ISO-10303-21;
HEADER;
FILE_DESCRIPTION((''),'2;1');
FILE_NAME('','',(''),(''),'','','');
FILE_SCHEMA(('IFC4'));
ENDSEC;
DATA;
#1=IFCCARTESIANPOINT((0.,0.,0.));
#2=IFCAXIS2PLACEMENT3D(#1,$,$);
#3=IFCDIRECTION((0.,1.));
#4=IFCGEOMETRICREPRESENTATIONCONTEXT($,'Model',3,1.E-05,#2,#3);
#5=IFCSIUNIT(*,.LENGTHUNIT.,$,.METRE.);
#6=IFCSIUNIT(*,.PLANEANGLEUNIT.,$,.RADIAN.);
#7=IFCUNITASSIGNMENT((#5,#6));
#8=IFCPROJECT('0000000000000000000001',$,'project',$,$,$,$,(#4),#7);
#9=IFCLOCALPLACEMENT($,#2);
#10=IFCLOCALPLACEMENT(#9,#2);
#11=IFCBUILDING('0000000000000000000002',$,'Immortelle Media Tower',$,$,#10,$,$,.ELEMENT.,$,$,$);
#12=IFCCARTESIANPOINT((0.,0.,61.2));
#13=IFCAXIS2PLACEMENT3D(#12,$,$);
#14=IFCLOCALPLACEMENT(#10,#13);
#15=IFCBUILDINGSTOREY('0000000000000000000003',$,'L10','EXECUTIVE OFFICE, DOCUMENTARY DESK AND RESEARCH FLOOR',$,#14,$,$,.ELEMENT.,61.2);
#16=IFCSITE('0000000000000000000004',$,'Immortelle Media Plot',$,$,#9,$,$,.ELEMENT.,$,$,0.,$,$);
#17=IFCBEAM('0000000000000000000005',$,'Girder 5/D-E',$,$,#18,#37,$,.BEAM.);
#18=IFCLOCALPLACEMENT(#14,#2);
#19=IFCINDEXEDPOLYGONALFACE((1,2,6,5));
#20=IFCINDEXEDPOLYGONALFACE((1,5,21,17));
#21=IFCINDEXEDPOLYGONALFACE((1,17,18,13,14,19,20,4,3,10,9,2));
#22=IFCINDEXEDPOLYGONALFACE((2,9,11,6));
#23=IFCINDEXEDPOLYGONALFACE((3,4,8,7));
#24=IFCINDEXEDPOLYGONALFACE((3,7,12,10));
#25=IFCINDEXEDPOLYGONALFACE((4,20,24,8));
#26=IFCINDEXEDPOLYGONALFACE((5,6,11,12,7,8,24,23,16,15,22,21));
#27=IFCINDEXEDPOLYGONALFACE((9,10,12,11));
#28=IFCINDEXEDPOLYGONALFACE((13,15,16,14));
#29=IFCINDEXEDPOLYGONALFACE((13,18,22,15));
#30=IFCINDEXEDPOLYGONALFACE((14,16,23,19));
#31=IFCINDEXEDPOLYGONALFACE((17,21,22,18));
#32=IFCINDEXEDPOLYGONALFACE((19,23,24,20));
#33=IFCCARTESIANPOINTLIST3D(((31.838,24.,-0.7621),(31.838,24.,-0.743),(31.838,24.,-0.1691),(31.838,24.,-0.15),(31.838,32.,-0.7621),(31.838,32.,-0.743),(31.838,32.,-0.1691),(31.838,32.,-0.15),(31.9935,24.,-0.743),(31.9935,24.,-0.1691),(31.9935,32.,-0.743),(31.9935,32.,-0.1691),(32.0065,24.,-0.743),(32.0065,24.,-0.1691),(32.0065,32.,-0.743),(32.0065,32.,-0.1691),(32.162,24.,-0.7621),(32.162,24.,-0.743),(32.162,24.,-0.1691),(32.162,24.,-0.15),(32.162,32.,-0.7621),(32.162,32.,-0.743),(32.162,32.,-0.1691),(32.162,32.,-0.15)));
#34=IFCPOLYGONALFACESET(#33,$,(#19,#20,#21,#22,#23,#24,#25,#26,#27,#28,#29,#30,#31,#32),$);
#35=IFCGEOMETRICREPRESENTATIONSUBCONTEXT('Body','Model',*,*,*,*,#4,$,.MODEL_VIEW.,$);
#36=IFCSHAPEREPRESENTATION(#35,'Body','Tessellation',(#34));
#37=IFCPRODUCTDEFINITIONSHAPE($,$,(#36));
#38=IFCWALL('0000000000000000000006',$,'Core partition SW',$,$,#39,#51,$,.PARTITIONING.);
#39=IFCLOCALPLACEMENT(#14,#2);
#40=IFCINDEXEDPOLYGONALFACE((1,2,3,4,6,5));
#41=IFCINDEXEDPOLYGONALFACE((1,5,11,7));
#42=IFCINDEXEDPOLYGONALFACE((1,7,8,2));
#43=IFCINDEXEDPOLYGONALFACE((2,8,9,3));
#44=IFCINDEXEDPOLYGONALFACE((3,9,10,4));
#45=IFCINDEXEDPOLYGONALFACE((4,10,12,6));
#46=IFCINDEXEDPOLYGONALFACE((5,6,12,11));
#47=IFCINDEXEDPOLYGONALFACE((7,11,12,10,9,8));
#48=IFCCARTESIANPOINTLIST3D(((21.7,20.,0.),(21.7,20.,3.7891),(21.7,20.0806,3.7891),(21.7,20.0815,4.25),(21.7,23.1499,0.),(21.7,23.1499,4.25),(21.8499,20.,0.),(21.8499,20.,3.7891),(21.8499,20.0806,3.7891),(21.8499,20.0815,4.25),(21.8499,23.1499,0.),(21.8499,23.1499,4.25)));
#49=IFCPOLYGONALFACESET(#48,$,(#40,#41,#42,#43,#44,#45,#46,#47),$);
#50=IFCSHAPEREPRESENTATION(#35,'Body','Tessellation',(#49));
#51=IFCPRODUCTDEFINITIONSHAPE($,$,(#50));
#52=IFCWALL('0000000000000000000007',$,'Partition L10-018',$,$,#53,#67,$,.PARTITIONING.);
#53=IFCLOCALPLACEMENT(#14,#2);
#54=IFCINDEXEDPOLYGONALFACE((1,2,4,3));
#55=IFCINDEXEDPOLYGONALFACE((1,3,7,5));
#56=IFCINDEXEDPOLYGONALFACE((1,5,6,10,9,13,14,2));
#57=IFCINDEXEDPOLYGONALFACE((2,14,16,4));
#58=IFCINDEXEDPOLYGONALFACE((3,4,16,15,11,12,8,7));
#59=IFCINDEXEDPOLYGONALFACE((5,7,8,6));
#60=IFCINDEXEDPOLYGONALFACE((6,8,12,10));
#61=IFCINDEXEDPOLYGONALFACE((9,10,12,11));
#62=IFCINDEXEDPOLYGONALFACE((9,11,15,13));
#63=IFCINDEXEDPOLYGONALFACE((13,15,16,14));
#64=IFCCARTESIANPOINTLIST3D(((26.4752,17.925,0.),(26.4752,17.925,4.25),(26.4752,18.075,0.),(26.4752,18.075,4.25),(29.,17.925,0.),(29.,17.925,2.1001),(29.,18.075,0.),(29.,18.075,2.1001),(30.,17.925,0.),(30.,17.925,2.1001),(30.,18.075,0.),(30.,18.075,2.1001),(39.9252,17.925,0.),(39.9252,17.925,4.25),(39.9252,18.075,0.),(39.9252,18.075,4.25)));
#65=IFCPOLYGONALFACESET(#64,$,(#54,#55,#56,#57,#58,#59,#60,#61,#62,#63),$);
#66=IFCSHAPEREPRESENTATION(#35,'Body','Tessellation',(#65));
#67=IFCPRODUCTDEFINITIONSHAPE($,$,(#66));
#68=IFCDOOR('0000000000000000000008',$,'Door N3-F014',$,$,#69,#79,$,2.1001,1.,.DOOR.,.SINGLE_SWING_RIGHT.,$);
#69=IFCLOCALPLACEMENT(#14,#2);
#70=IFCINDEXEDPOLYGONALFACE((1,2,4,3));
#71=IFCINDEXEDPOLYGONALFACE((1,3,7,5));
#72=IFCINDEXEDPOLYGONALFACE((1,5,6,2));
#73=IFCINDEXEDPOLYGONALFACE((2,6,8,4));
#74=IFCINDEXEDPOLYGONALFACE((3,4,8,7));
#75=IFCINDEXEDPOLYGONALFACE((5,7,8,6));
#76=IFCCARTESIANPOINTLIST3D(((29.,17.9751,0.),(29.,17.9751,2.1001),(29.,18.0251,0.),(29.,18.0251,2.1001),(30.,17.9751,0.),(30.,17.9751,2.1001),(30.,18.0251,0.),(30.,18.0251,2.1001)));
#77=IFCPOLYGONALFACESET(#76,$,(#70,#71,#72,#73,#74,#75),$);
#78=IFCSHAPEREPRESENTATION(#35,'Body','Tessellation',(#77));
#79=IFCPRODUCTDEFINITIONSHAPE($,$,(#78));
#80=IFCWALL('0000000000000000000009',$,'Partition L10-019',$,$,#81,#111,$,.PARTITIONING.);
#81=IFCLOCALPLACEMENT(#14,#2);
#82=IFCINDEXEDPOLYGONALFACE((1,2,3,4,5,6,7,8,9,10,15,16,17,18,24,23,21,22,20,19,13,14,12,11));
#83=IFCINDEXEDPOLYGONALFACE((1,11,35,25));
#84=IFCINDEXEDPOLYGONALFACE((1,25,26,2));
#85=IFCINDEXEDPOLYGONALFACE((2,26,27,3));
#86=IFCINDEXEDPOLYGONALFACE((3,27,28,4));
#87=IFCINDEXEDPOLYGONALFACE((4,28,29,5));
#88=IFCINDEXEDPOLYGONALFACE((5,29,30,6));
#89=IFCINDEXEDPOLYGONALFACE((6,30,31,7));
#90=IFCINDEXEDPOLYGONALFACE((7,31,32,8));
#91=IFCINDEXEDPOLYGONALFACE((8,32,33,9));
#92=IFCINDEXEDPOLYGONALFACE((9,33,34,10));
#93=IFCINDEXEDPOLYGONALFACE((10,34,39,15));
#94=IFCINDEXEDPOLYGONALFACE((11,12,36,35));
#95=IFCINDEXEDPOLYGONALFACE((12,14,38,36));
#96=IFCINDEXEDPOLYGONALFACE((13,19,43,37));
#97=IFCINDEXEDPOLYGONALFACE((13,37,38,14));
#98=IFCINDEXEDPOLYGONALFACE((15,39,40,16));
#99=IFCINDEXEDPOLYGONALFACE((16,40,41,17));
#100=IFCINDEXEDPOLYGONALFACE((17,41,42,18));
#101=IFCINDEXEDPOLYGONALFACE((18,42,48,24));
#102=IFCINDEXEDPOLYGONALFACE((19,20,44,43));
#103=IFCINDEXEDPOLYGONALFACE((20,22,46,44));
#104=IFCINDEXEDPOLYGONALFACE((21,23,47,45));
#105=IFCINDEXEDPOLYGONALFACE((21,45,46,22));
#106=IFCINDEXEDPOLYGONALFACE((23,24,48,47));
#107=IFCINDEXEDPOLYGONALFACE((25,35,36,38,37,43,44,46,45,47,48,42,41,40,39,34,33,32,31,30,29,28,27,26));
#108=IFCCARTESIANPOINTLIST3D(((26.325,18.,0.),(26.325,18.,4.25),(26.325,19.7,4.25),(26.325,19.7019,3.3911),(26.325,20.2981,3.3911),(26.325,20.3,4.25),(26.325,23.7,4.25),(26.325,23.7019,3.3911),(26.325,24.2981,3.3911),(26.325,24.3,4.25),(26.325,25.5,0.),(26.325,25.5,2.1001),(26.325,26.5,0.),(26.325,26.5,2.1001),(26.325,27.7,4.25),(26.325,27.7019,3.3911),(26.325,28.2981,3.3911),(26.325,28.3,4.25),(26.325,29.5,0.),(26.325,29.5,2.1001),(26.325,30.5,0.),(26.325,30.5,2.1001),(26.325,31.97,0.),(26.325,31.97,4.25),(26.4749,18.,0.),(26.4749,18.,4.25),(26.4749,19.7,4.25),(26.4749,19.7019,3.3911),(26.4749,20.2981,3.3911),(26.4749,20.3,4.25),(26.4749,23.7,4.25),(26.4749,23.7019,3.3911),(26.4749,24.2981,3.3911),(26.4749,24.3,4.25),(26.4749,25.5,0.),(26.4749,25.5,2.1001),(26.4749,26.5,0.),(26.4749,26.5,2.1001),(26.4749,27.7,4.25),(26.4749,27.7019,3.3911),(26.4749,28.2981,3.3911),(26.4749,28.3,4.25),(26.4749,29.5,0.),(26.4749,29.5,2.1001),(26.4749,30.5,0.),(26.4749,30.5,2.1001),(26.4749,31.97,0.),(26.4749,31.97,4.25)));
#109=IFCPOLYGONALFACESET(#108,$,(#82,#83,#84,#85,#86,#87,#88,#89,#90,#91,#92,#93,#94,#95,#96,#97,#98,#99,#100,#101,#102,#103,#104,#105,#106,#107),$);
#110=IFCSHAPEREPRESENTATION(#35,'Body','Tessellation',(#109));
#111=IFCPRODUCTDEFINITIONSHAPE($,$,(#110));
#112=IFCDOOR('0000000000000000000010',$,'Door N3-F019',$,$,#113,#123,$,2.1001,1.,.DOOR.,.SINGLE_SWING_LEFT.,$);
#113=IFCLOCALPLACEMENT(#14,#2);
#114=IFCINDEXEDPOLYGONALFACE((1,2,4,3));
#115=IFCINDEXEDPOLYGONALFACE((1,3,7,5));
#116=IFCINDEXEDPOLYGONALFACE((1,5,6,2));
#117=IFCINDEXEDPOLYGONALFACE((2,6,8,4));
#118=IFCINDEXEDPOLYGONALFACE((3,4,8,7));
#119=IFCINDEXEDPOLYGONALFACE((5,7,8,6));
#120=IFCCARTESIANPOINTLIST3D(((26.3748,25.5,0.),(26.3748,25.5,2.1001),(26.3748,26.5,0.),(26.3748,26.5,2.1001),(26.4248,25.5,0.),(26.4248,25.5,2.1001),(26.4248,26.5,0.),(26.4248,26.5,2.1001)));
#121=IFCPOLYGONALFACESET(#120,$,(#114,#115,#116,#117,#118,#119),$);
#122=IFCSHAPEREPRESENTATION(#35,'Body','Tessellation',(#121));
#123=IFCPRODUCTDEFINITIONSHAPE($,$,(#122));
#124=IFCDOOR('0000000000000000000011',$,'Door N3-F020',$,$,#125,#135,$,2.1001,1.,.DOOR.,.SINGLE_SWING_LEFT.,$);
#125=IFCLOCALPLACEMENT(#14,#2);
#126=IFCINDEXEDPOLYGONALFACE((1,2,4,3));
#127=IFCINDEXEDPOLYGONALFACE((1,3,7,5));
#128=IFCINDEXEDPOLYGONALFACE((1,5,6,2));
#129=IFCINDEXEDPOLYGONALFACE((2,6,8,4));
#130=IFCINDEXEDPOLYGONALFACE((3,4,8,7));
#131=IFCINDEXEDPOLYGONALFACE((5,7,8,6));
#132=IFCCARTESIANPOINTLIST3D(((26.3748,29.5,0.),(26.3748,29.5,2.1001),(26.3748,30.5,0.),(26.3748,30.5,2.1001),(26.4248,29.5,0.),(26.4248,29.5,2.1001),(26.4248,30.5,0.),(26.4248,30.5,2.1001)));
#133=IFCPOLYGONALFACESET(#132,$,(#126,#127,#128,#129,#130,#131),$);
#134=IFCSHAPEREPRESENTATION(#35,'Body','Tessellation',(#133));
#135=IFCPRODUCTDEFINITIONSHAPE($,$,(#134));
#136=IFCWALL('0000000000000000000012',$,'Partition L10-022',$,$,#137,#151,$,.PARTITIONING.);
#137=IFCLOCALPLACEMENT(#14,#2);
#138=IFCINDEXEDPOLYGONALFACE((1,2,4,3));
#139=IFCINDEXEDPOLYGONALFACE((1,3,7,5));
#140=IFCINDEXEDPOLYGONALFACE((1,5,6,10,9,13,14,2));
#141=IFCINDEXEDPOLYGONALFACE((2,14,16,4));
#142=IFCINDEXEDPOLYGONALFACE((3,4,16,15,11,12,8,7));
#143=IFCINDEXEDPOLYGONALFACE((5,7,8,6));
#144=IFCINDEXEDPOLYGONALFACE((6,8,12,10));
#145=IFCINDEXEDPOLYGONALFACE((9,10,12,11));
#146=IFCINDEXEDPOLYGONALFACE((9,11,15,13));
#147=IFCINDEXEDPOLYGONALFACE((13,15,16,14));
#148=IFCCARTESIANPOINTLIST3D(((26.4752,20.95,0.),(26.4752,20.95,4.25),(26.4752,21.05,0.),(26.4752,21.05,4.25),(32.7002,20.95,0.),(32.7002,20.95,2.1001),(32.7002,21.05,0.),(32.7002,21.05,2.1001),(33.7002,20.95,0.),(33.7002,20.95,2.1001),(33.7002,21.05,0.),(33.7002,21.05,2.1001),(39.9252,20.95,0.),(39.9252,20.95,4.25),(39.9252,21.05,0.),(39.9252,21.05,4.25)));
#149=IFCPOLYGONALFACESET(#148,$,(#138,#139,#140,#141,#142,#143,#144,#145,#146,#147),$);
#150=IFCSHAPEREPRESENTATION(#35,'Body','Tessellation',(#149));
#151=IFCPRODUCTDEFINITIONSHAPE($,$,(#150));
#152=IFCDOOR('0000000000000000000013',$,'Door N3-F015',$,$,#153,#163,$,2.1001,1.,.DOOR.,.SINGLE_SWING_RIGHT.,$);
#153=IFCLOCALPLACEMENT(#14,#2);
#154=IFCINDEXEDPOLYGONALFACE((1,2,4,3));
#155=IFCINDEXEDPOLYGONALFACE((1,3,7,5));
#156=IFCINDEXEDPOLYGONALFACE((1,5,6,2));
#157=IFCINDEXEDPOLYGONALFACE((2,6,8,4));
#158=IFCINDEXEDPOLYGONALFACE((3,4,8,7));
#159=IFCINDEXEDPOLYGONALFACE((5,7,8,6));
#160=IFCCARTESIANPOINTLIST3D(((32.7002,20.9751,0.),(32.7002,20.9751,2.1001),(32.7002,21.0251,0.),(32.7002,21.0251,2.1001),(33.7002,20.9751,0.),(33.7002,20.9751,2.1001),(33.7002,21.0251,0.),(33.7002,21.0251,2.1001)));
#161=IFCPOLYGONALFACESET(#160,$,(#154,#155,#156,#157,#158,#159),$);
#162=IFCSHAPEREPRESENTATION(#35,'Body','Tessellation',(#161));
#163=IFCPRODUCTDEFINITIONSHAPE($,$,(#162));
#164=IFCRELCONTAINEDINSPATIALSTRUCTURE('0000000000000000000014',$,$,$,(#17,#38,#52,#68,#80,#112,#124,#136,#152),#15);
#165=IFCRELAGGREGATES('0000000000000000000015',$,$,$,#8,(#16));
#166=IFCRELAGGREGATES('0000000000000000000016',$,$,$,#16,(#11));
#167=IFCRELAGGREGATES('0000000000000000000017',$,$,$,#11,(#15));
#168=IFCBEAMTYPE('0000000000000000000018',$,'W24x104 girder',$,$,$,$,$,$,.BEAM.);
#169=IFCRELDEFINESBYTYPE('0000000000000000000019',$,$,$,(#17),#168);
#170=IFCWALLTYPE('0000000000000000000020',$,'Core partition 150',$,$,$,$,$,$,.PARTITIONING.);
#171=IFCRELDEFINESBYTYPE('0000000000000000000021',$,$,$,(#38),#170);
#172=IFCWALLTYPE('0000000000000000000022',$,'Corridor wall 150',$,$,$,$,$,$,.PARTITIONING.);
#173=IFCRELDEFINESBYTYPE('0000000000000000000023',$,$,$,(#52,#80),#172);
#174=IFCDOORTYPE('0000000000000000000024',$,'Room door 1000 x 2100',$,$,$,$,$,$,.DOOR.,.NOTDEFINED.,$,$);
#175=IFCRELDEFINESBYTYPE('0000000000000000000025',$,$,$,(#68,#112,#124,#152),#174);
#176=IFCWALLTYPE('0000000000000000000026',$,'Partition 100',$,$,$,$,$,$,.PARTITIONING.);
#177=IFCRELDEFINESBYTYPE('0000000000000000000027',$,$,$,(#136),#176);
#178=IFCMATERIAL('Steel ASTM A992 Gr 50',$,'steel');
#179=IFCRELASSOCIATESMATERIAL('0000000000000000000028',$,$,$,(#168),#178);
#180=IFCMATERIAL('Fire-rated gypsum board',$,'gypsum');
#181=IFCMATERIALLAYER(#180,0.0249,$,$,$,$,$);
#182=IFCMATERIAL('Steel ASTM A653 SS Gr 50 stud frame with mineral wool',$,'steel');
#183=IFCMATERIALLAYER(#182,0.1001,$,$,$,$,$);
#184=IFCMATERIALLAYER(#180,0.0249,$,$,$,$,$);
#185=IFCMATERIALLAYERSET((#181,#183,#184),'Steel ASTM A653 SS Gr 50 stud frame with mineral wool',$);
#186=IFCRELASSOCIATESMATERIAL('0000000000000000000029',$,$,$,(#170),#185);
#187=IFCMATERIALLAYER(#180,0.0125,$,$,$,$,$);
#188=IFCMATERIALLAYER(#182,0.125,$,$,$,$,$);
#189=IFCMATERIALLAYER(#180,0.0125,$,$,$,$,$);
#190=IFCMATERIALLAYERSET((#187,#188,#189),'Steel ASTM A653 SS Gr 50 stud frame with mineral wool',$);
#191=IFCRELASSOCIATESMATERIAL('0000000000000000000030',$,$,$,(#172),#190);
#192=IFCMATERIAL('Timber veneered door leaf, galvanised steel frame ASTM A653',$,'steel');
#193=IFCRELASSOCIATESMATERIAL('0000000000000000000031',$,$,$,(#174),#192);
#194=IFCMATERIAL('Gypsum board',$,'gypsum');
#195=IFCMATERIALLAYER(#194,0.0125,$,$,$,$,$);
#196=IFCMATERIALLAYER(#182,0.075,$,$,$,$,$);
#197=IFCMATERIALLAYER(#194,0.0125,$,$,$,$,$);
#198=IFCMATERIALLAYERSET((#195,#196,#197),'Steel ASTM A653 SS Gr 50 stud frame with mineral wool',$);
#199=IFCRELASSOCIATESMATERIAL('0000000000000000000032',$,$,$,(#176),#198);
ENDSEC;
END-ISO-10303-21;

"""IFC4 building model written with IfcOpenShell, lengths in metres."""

from ifc_helpers import new_model, si_unit, direction, frame, frame_2d, origin, origin_2d, place, context, subcontext, project, spatial, polyline, rectangle, i_section, outline, extrude, material, layer, layer_set, material_profile, profile_set, type_object, element, fill, save


model = new_model("IFC4")

# Units and contexts
model_context = context("Model", 3, precision=1e-05, world=origin(), true_north=direction((0.0, 1.0)))
body_context = subcontext(model_context, "Body", "Model", "MODEL_VIEW")
ifc_project = project(units=[si_unit("LENGTHUNIT", "METRE"), si_unit("PLANEANGLEUNIT", "RADIAN")], contexts=[model_context])

# Site, building, storey
site_placement = place(None, origin())
site = spatial("IfcSite", under=ifc_project, at=site_placement, Name="Immortelle Media Plot", CompositionType="ELEMENT", RefElevation=0.0)
building_placement = place(site_placement, origin())
building = spatial("IfcBuilding", under=site, at=building_placement, Name="Immortelle Media Tower", CompositionType="ELEMENT")
storey_placement = place(building_placement, frame((0.0, 0.0, 61.2)))
storey = spatial("IfcBuildingStorey", under=building, at=storey_placement, Name="L10", Description="EXECUTIVE OFFICE, DOCUMENTARY DESK AND RESEARCH FLOOR", CompositionType="ELEMENT", Elevation=61.2)

# Shared definitions
ifc_material_1 = material(Name="Steel ASTM A992 Gr 50", Category="steel")

# Beam
ifc_material_profile_1 = material_profile(ifc_material_1, i_section(OverallWidth=0.324, OverallDepth=0.6121, WebThickness=0.0129, FlangeThickness=0.019, at=origin_2d()), Name="W24x104")
ifc_profile_set_1 = profile_set([ifc_material_profile_1], Name="Steel ASTM A992 Gr 50")
beam_type_1 = type_object("IfcBeamType", Name="W24x104 girder", PredefinedType="BEAM", material=ifc_profile_set_1)
for number, where, z_axis, x_axis, name in (
    (1, (32.0, 24.0, -0.4561), (0.0, 1.0, 0.0), (-1.0, 0.0, 0.0), "Girder 5/D-E"),
):
    element("IfcBeam", number, at=place(storey_placement, frame(where, z_axis=z_axis, x_axis=x_axis)), inside=storey, type_object=beam_type_1, Name=name, PredefinedType="BEAM", context=body_context, shape_type="SweptSolid", body=[
        extrude(i_section(OverallWidth=0.324, OverallDepth=0.6121, WebThickness=0.0129, FlangeThickness=0.019, at=origin_2d()), origin(), (0.0, 0.0, 1.0), 8.0),
    ])

# Wall
ifc_material_2 = material(Name="Fire-rated gypsum board", Category="gypsum")
ifc_layer_1 = layer(ifc_material_2, 0.0249)
ifc_material_3 = material(Name="Steel ASTM A653 SS Gr 50 stud frame with mineral wool", Category="steel")
ifc_layer_2 = layer(ifc_material_3, 0.1001)
ifc_layer_3 = layer(ifc_material_2, 0.0249)
ifc_layer_set_1 = layer_set([ifc_layer_1, ifc_layer_2, ifc_layer_3], Name="Steel ASTM A653 SS Gr 50 stud frame with mineral wool")
wall_type_1 = type_object("IfcWallType", Name="Core partition 150", PredefinedType="PARTITIONING", material=ifc_layer_set_1)
wall_1_placement = place(storey_placement, frame((21.7749, 20.0, 0.0), z_axis=(0.0, 0.0, 1.0), x_axis=(0.0, 1.0, 0.0)))
element("IfcWall", 2, at=wall_1_placement, inside=storey, type_object=wall_type_1, Name="Core partition SW", PredefinedType="PARTITIONING", context=body_context, shape_type="SweptSolid", body=[
    extrude(outline(polyline([(0.0, 0.0), (3.1499, 0.0), (3.1499, 4.25), (0.0815, 4.25), (0.0806, 3.7891), (0.0, 3.7891), (0.0, 0.0)])), frame((0.0, 0.075, 0.0), z_axis=(0.0, -1.0, 0.0), x_axis=(1.0, 0.0, 0.0)), (0.0, 0.0, 1.0), 0.1499),
])

# Wall, opening, door
ifc_layer_4 = layer(ifc_material_2, 0.0125)
ifc_layer_5 = layer(ifc_material_3, 0.125)
ifc_layer_6 = layer(ifc_material_2, 0.0125)
ifc_layer_set_2 = layer_set([ifc_layer_4, ifc_layer_5, ifc_layer_6], Name="Steel ASTM A653 SS Gr 50 stud frame with mineral wool")
wall_type_2 = type_object("IfcWallType", Name="Corridor wall 150", PredefinedType="PARTITIONING", material=ifc_layer_set_2)
wall_2_placement = place(storey_placement, frame((26.4751, 18.0, 0.0), z_axis=(0.0, 0.0, 1.0), x_axis=(1.0, 0.0, 0.0)))
wall_2 = element("IfcWall", 3, at=wall_2_placement, inside=storey, type_object=wall_type_2, Name="Partition L10-018", PredefinedType="PARTITIONING", context=body_context, shape_type="SweptSolid", body=[
    extrude(rectangle(XDim=13.45, YDim=0.1499, at=frame_2d((6.7251, 0.0))), origin(), (0.0, 0.0, 1.0), 4.25),
])
opening_1_placement = place(wall_2_placement, frame((3.5249, 0.0, 0.0), z_axis=(0.0, 0.0, 1.0), x_axis=(-1.0, 0.0, 0.0)))
opening_1 = element("IfcOpeningElement", 4, at=opening_1_placement, cuts=wall_2, PredefinedType="OPENING", context=body_context, shape_type="SweptSolid", body=[
    extrude(rectangle(XDim=1.0, YDim=2.1001, at=frame_2d((0.5, 1.05))), frame((0.0, 0.085, 0.0), z_axis=(0.0, -1.0, 0.0), x_axis=(1.0, 0.0, 0.0)), (0.0, 0.0, 1.0), 0.1699),
])
ifc_material_4 = material(Name="Timber veneered door leaf, galvanised steel frame ASTM A653", Category="steel")
door_type = type_object("IfcDoorType", Name="Room door 1000 x 2100", OperationType="NOTDEFINED", PredefinedType="DOOR", material=ifc_material_4)
door_1_placement = place(opening_1_placement, origin())
door_1 = element("IfcDoor", 5, at=door_1_placement, inside=storey, type_object=door_type, Name="Door N3-F014", OperationType="SINGLE_SWING_RIGHT", OverallHeight=2.1001, OverallWidth=1.0, PredefinedType="DOOR", context=body_context, shape_type="SweptSolid", body=[
    extrude(rectangle(XDim=1.0, YDim=2.1001, at=frame_2d((0.5, 1.05))), frame((0.0, 0.0249, 0.0), z_axis=(0.0, -1.0, 0.0), x_axis=(1.0, 0.0, 0.0)), (0.0, 0.0, 1.0), 0.05),
])
fill(opening_1, door_1)

# Wall, openings, doors
wall_3_placement = place(storey_placement, frame((26.3999, 18.0, 0.0), z_axis=(0.0, 0.0, 1.0), x_axis=(0.0, 1.0, 0.0)))
wall_3 = element("IfcWall", 6, at=wall_3_placement, inside=storey, type_object=wall_type_2, Name="Partition L10-019", PredefinedType="PARTITIONING", context=body_context, shape_type="SweptSolid", body=[
    extrude(outline(polyline([(0.0, 0.0), (13.97, 0.0), (13.97, 4.25), (10.3, 4.25), (10.2981, 3.3911), (9.7019, 3.3911), (9.7, 4.25), (6.3, 4.25), (6.2981, 3.3911), (5.7019, 3.3911), (5.7, 4.25), (2.3, 4.25), (2.2981, 3.3911), (1.7019, 3.3911), (1.7, 4.25), (0.0, 4.25), (0.0, 0.0)])), frame((0.0, 0.075, 0.0), z_axis=(0.0, -1.0, 0.0), x_axis=(1.0, 0.0, 0.0)), (0.0, 0.0, 1.0), 0.1499),
])
opening_2_placement = place(wall_3_placement, frame((8.5, 0.0, 0.0), z_axis=(0.0, 0.0, 1.0), x_axis=(-1.0, 0.0, 0.0)))
opening_2 = element("IfcOpeningElement", 7, at=opening_2_placement, cuts=wall_3, PredefinedType="OPENING", context=body_context, shape_type="SweptSolid", body=[
    extrude(rectangle(XDim=1.0, YDim=2.1001, at=frame_2d((0.5, 1.05))), frame((0.0, 0.085, 0.0), z_axis=(0.0, -1.0, 0.0), x_axis=(1.0, 0.0, 0.0)), (0.0, 0.0, 1.0), 0.1699),
])
opening_3_placement = place(wall_3_placement, frame((12.5, 0.0, 0.0), z_axis=(0.0, 0.0, 1.0), x_axis=(-1.0, 0.0, 0.0)))
opening_3 = element("IfcOpeningElement", 8, at=opening_3_placement, cuts=wall_3, PredefinedType="OPENING", context=body_context, shape_type="SweptSolid", body=[
    extrude(rectangle(XDim=1.0, YDim=2.1001, at=frame_2d((0.5, 1.05))), frame((0.0, 0.085, 0.0), z_axis=(0.0, -1.0, 0.0), x_axis=(1.0, 0.0, 0.0)), (0.0, 0.0, 1.0), 0.1699),
])
door_2_placement = place(opening_2_placement, origin())
door_2 = element("IfcDoor", 9, at=door_2_placement, inside=storey, type_object=door_type, Name="Door N3-F019", OperationType="SINGLE_SWING_LEFT", OverallHeight=2.1001, OverallWidth=1.0, PredefinedType="DOOR", context=body_context, shape_type="SweptSolid", body=[
    extrude(rectangle(XDim=1.0, YDim=2.1001, at=frame_2d((0.5, 1.05))), frame((0.0, 0.0249, 0.0), z_axis=(0.0, -1.0, 0.0), x_axis=(1.0, 0.0, 0.0)), (0.0, 0.0, 1.0), 0.05),
])
fill(opening_2, door_2)
door_3_placement = place(opening_3_placement, origin())
door_3 = element("IfcDoor", 10, at=door_3_placement, inside=storey, type_object=door_type, Name="Door N3-F020", OperationType="SINGLE_SWING_LEFT", OverallHeight=2.1001, OverallWidth=1.0, PredefinedType="DOOR", context=body_context, shape_type="SweptSolid", body=[
    extrude(rectangle(XDim=1.0, YDim=2.1001, at=frame_2d((0.5, 1.05))), frame((0.0, 0.0249, 0.0), z_axis=(0.0, -1.0, 0.0), x_axis=(1.0, 0.0, 0.0)), (0.0, 0.0, 1.0), 0.05),
])
fill(opening_3, door_3)

# Wall, opening, door
ifc_material_5 = material(Name="Gypsum board", Category="gypsum")
ifc_layer_7 = layer(ifc_material_5, 0.0125)
ifc_layer_8 = layer(ifc_material_3, 0.075)
ifc_layer_9 = layer(ifc_material_5, 0.0125)
ifc_layer_set_3 = layer_set([ifc_layer_7, ifc_layer_8, ifc_layer_9], Name="Steel ASTM A653 SS Gr 50 stud frame with mineral wool")
wall_type_3 = type_object("IfcWallType", Name="Partition 100", PredefinedType="PARTITIONING", material=ifc_layer_set_3)
wall_4_placement = place(storey_placement, frame((26.4751, 21.0, 0.0), z_axis=(0.0, 0.0, 1.0), x_axis=(1.0, 0.0, 0.0)))
wall_4 = element("IfcWall", 11, at=wall_4_placement, inside=storey, type_object=wall_type_3, Name="Partition L10-022", PredefinedType="PARTITIONING", context=body_context, shape_type="SweptSolid", body=[
    extrude(rectangle(XDim=13.45, YDim=0.1001, at=frame_2d((6.7251, 0.0))), origin(), (0.0, 0.0, 1.0), 4.25),
])
opening_4_placement = place(wall_4_placement, frame((7.2251, 0.0, 0.0), z_axis=(0.0, 0.0, 1.0), x_axis=(-1.0, 0.0, 0.0)))
opening_4 = element("IfcOpeningElement", 12, at=opening_4_placement, cuts=wall_4, PredefinedType="OPENING", context=body_context, shape_type="SweptSolid", body=[
    extrude(rectangle(XDim=1.0, YDim=2.1001, at=frame_2d((0.5, 1.05))), frame((0.0, 0.0601, 0.0), z_axis=(0.0, -1.0, 0.0), x_axis=(1.0, 0.0, 0.0)), (0.0, 0.0, 1.0), 0.1201),
])
door_4_placement = place(opening_4_placement, origin())
door_4 = element("IfcDoor", 13, at=door_4_placement, inside=storey, type_object=door_type, Name="Door N3-F015", OperationType="SINGLE_SWING_RIGHT", OverallHeight=2.1001, OverallWidth=1.0, PredefinedType="DOOR", context=body_context, shape_type="SweptSolid", body=[
    extrude(rectangle(XDim=1.0, YDim=2.1001, at=frame_2d((0.5, 1.05))), frame((0.0, 0.0249, 0.0), z_axis=(0.0, -1.0, 0.0), x_axis=(1.0, 0.0, 0.0)), (0.0, 0.0, 1.0), 0.05),
])
fill(opening_4, door_4)

save(model, "model.ifc")
